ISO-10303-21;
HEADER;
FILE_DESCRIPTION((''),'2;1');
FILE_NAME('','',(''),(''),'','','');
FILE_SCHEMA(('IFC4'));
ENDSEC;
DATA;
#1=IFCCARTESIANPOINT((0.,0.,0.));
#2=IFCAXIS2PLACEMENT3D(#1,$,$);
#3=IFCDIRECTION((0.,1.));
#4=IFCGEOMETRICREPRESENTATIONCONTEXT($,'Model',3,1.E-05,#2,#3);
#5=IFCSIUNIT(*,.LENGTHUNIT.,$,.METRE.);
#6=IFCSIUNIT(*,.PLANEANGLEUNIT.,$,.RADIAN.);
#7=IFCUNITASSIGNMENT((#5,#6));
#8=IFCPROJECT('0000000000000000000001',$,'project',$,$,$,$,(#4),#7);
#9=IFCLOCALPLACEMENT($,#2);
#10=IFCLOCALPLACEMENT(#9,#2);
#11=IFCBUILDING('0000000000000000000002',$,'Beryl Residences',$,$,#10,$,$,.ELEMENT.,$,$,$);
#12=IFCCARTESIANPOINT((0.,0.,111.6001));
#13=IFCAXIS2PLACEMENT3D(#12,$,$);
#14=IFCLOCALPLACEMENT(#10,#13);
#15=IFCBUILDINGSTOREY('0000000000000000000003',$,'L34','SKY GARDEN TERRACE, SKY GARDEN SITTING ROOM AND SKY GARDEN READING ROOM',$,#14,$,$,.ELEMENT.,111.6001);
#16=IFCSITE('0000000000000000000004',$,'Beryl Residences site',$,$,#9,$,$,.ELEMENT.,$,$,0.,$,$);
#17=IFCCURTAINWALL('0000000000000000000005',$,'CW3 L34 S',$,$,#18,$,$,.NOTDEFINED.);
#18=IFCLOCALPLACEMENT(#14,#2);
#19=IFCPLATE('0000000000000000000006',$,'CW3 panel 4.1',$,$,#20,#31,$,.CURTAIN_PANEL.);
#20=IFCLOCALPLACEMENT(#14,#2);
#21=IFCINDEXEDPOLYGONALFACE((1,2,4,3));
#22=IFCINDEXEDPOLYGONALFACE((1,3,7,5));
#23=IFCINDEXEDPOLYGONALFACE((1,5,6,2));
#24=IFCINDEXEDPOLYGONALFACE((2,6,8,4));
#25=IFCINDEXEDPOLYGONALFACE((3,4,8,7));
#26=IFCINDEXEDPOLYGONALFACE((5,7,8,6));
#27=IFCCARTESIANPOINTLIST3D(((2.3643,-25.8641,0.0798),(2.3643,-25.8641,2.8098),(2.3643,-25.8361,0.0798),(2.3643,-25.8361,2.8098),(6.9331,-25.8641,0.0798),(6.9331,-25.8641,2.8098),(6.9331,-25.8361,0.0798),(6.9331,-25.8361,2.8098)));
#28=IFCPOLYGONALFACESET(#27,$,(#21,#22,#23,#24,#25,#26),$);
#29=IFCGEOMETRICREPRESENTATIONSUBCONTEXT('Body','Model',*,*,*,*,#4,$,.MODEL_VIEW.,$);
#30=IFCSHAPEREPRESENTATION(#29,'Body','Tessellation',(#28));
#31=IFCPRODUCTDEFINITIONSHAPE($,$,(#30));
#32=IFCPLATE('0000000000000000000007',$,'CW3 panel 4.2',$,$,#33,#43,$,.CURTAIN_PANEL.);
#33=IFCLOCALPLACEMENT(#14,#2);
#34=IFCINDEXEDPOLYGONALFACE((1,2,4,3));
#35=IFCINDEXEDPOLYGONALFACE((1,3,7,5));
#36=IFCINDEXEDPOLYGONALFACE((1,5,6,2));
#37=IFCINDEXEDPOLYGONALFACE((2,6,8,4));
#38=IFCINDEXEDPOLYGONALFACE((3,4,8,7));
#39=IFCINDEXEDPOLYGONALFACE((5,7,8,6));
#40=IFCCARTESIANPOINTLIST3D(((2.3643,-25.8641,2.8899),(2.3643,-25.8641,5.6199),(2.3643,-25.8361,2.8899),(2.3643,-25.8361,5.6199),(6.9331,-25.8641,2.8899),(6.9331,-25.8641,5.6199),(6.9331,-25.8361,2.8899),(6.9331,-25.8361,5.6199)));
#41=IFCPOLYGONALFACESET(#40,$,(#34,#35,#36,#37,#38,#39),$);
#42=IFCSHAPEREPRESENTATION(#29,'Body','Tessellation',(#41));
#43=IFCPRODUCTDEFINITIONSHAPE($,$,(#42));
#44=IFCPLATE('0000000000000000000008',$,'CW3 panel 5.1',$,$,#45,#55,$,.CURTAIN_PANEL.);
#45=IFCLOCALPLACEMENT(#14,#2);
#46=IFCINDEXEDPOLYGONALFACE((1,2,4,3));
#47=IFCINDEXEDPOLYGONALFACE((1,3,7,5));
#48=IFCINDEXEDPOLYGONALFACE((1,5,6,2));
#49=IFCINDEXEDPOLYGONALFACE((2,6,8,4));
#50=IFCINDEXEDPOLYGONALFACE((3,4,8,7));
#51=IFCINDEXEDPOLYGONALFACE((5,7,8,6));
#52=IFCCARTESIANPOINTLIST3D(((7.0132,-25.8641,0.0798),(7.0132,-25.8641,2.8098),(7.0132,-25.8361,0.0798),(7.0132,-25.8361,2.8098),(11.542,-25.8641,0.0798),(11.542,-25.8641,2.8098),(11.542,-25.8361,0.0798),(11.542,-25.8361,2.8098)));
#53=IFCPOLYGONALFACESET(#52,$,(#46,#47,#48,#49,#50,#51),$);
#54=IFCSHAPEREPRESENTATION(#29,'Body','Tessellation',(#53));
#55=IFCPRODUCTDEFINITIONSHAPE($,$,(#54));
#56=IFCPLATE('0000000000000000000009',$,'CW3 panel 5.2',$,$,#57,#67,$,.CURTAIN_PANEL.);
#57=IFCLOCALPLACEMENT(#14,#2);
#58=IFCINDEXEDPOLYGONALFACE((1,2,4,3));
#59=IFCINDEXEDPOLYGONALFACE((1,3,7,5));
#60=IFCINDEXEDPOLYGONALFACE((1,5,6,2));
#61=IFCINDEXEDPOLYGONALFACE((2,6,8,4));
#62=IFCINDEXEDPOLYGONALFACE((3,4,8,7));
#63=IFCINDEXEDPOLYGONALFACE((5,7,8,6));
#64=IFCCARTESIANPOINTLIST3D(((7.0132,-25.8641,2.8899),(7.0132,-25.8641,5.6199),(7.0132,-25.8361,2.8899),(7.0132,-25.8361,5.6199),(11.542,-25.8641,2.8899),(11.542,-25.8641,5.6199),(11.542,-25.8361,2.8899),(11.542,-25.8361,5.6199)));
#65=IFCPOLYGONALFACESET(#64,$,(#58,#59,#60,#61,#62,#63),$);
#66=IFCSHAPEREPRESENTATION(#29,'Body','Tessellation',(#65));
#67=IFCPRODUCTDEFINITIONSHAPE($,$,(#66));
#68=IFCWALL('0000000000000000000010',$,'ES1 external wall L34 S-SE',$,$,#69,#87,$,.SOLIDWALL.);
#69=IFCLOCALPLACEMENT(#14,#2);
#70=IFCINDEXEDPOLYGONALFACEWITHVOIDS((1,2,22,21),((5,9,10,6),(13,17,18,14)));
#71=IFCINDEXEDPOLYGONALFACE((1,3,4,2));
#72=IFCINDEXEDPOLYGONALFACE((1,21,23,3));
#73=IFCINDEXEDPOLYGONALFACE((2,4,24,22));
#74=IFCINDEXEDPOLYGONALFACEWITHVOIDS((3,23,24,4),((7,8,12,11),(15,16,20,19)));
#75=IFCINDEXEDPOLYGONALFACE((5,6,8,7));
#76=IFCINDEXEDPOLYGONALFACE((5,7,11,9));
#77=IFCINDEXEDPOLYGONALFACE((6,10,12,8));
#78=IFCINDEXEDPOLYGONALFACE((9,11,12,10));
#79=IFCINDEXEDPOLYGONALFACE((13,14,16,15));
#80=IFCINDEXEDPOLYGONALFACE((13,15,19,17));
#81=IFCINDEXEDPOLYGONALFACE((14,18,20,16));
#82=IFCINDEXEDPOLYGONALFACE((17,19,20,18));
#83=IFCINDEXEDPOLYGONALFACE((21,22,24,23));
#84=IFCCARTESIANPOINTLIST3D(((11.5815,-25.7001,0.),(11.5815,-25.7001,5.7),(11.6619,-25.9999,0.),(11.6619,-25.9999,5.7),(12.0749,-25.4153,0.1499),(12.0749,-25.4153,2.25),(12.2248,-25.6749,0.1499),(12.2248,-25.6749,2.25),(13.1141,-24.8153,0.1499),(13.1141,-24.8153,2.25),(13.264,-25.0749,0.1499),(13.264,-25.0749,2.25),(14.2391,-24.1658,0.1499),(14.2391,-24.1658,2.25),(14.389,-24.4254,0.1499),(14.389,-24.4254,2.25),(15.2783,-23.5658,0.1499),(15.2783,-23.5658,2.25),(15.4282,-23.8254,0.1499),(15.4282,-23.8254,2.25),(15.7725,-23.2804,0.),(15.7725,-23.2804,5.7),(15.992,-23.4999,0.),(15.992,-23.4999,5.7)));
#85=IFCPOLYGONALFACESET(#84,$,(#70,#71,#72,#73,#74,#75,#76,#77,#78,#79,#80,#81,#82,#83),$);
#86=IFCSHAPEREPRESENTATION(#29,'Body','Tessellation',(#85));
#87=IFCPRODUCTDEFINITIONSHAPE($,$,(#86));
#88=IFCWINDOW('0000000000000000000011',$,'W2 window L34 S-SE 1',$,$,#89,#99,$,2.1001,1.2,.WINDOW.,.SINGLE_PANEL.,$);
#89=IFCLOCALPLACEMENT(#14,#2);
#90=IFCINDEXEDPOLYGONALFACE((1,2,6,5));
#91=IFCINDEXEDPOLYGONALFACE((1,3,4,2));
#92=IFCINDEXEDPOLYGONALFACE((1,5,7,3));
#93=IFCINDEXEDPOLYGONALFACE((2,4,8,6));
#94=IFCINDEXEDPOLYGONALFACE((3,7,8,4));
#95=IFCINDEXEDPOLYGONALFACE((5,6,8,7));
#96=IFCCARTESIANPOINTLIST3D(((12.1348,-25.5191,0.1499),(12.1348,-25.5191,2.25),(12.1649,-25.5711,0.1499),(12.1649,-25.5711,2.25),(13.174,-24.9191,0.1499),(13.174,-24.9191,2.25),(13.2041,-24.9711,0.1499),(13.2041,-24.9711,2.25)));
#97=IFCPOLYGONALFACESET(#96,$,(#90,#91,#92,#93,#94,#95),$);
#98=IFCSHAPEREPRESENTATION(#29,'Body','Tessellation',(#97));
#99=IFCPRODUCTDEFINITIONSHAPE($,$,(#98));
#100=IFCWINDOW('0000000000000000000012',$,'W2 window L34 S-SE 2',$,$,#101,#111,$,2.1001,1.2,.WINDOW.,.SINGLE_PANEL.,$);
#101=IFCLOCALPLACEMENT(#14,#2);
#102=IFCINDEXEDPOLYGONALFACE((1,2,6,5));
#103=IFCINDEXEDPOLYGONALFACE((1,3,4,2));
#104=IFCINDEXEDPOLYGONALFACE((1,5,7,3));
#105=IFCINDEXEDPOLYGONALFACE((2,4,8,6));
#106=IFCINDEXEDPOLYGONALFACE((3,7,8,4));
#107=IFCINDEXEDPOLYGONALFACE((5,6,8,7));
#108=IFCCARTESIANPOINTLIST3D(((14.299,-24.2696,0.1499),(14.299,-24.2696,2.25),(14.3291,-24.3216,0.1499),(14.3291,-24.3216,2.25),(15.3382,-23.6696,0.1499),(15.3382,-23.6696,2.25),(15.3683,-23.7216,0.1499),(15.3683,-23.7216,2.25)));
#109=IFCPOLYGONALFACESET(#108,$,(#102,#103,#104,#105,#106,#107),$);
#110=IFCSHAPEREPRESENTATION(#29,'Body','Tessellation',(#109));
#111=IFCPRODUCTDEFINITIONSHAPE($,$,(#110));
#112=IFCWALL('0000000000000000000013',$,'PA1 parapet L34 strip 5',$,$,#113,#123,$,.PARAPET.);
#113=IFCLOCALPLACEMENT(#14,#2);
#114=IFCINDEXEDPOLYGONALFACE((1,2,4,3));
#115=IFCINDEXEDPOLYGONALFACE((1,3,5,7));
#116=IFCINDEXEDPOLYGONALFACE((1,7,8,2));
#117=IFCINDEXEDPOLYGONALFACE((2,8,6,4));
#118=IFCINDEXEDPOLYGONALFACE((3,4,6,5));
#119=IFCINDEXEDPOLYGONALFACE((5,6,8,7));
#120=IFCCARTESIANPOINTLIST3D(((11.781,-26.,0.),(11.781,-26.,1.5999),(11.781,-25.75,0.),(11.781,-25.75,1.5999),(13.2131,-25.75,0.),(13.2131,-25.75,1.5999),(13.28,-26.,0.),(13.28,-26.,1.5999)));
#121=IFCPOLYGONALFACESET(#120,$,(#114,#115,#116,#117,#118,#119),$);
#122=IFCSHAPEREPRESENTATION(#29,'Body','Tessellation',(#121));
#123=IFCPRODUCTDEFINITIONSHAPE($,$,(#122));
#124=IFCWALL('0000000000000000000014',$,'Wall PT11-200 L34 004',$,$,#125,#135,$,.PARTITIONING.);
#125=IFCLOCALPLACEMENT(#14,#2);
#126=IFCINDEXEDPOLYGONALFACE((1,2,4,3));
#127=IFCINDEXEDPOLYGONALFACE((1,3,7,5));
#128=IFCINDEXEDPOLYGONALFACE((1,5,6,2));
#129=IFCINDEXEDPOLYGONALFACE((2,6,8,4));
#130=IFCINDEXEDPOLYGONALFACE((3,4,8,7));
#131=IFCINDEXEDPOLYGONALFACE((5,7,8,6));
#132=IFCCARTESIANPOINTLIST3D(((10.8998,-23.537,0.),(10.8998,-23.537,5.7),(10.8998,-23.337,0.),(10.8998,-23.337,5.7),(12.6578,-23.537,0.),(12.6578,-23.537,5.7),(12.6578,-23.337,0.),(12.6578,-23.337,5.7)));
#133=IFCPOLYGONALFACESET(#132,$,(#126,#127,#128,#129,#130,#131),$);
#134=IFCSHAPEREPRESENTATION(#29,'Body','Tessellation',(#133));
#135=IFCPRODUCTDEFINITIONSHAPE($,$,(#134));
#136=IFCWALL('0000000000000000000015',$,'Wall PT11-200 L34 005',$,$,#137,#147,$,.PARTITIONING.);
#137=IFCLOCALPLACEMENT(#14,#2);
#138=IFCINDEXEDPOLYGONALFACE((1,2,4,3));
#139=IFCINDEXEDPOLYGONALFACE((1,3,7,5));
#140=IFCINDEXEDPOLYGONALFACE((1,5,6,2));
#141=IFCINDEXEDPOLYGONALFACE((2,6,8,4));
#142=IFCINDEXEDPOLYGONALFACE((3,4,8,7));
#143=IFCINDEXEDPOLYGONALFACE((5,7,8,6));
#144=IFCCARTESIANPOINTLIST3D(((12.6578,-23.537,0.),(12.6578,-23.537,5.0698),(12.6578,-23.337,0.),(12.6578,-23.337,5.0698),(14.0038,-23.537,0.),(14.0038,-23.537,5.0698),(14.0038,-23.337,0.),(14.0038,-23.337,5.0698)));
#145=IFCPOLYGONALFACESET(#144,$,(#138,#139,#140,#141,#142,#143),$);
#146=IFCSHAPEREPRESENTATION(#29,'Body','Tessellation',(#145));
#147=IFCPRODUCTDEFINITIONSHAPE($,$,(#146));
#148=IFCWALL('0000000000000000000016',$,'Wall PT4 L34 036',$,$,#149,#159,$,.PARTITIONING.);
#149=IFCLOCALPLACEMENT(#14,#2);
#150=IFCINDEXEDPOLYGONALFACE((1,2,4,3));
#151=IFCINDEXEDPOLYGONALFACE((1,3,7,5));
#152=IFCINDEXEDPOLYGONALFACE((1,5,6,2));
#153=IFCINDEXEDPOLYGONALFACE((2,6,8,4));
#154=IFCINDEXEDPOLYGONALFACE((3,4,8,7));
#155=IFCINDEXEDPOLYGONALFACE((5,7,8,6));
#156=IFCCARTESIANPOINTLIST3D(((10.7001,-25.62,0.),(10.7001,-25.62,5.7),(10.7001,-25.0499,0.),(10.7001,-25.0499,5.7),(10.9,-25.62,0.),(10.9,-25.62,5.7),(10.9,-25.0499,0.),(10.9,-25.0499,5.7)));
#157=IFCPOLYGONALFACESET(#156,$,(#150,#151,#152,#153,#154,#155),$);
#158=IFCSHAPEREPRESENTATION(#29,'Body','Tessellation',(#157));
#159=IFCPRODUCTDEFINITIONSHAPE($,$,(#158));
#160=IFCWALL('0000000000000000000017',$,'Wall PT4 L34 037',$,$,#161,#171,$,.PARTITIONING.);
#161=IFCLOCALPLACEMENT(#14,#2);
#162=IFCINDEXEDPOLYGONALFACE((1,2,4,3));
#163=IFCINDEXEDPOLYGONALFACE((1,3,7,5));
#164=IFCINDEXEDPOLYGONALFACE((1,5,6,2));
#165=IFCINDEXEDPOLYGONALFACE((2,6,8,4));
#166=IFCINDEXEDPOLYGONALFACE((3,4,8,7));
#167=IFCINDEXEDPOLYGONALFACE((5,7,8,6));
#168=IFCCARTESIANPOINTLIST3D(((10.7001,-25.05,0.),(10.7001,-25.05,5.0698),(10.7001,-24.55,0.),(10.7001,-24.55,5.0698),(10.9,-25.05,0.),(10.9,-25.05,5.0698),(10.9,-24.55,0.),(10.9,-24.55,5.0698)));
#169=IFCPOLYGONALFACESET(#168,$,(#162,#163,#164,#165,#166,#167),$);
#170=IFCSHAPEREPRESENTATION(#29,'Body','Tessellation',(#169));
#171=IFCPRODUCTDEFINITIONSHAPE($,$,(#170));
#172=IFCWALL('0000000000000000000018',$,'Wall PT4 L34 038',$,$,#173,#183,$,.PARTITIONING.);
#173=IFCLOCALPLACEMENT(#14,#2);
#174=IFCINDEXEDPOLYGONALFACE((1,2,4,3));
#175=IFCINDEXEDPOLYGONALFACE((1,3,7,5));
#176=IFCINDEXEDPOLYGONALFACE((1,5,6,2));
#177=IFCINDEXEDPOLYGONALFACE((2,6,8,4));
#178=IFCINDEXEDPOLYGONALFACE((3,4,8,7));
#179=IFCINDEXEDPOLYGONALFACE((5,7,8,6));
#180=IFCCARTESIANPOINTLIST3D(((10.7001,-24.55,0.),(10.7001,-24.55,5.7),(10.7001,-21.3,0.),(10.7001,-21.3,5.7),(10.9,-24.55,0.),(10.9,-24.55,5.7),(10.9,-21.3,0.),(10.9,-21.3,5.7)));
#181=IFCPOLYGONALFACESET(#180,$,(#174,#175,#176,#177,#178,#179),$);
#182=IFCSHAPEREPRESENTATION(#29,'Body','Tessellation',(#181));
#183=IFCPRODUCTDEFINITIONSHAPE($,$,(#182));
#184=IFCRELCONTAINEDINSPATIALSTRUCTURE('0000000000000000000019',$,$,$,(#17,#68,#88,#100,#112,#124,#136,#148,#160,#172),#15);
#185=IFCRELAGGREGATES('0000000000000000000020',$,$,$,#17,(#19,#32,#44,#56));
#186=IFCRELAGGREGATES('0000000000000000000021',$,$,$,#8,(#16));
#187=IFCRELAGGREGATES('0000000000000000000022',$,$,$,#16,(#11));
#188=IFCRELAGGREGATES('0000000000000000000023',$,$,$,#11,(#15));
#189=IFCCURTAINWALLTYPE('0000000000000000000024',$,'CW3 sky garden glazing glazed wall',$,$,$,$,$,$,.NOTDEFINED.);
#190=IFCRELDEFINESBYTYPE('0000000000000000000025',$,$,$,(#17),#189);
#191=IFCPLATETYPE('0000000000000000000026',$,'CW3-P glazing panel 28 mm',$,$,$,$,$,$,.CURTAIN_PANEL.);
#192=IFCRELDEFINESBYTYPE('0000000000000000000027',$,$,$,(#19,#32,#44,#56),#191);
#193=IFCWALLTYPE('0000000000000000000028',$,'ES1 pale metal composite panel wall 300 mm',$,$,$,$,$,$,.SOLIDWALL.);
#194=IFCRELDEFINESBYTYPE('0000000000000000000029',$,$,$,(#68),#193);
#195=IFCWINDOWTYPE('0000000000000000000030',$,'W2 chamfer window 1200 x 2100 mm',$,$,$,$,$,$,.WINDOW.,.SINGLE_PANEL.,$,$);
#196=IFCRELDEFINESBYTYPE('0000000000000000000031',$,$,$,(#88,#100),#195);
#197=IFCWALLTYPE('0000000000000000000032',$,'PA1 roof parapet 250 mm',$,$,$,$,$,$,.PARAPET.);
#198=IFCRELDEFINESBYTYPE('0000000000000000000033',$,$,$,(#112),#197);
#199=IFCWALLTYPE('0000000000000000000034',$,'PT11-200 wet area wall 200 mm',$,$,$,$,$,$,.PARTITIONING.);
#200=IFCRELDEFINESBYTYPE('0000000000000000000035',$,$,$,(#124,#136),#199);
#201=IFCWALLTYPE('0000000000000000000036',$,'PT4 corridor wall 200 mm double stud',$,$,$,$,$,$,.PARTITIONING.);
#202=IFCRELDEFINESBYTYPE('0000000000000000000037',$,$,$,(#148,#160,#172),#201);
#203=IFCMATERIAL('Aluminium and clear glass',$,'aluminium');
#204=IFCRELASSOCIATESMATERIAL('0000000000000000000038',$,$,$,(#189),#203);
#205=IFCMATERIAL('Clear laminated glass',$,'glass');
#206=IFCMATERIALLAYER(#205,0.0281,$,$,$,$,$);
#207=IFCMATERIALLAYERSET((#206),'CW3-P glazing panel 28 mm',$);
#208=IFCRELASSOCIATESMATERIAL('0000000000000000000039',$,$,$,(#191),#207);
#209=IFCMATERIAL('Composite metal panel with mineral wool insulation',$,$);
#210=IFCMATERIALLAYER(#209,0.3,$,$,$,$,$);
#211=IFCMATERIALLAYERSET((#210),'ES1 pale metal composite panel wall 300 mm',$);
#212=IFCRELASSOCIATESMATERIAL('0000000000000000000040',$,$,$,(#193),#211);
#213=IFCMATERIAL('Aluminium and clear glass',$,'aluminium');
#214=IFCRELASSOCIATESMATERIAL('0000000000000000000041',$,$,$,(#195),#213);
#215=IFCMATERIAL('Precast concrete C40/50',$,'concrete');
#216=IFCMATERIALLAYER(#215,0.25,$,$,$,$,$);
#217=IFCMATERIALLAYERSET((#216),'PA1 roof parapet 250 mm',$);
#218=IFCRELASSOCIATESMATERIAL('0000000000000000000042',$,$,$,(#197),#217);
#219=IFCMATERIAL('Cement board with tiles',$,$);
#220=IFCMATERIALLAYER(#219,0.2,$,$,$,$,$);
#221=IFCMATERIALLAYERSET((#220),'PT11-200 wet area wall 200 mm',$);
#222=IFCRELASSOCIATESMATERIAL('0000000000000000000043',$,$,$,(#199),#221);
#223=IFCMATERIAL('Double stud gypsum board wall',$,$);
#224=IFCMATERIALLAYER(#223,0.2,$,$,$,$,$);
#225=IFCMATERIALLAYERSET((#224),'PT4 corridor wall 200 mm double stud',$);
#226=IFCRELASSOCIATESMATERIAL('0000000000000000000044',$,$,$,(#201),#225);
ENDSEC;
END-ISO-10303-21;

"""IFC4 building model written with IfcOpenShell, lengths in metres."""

from ifc_helpers import new_model, si_unit, direction, frame, frame_2d, origin, origin_2d, place, context, subcontext, project, spatial, polyline, rectangle, outline, extrude, material, layer, layer_set, type_object, element, fill, aggregate, save


model = new_model("IFC4")

# Units and contexts
model_context = context("Model", 3, precision=1e-05, world=origin(), true_north=direction((0.0, 1.0)))
body_context = subcontext(model_context, "Body", "Model", "MODEL_VIEW")
ifc_project = project(units=[si_unit("LENGTHUNIT", "METRE"), si_unit("PLANEANGLEUNIT", "RADIAN")], contexts=[model_context])

# Site, building, storey
site_placement = place(None, origin())
site = spatial("IfcSite", under=ifc_project, at=site_placement, Name="Beryl Residences site", CompositionType="ELEMENT", RefElevation=0.0)
building_placement = place(site_placement, origin())
building = spatial("IfcBuilding", under=site, at=building_placement, Name="Beryl Residences", CompositionType="ELEMENT")
storey_placement = place(building_placement, frame((0.0, 0.0, 111.6001)))
storey = spatial("IfcBuildingStorey", under=building, at=storey_placement, Name="L34", Description="SKY GARDEN TERRACE, SKY GARDEN SITTING ROOM AND SKY GARDEN READING ROOM", CompositionType="ELEMENT", Elevation=111.6001)

# Curtain wall, plates
ifc_material_1 = material(Name="Aluminium and clear glass", Category="aluminium")
curtain_wall_type = type_object("IfcCurtainWallType", Name="CW3 sky garden glazing glazed wall", PredefinedType="NOTDEFINED", material=ifc_material_1)
curtain_wall_placement = place(storey_placement, origin())
curtain_wall = element("IfcCurtainWall", 1, at=curtain_wall_placement, inside=storey, type_object=curtain_wall_type, Name="CW3 L34 S", PredefinedType="NOTDEFINED")
ifc_material_2 = material(Name="Clear laminated glass", Category="glass")
ifc_layer_1 = layer(ifc_material_2, 0.0281)
ifc_layer_set_1 = layer_set([ifc_layer_1], Name="CW3-P glazing panel 28 mm")
plate_type = type_object("IfcPlateType", Name="CW3-P glazing panel 28 mm", PredefinedType="CURTAIN_PANEL", material=ifc_layer_set_1)
plate_1_placement = place(storey_placement, frame((4.6487, -25.8501, 0.0798), z_axis=(0.0, 0.0, 1.0), x_axis=(1.0, 0.0, 0.0)))
plate_1 = element("IfcPlate", 2, at=plate_1_placement, type_object=plate_type, Name="CW3 panel 4.1", PredefinedType="CURTAIN_PANEL", context=body_context, shape_type="SweptSolid", body=[
    extrude(rectangle(XDim=4.5688, YDim=0.0281, at=origin_2d()), origin(), (0.0, 0.0, 1.0), 2.73),
])
plate_2_placement = place(storey_placement, frame((4.6487, -25.8501, 2.8899), z_axis=(0.0, 0.0, 1.0), x_axis=(1.0, 0.0, 0.0)))
plate_2 = element("IfcPlate", 3, at=plate_2_placement, type_object=plate_type, Name="CW3 panel 4.2", PredefinedType="CURTAIN_PANEL", context=body_context, shape_type="SweptSolid", body=[
    extrude(rectangle(XDim=4.5688, YDim=0.0281, at=origin_2d()), origin(), (0.0, 0.0, 1.0), 2.73),
])
plate_3_placement = place(storey_placement, frame((9.2776, -25.8501, 0.0798), z_axis=(0.0, 0.0, 1.0), x_axis=(1.0, 0.0, 0.0)))
plate_3 = element("IfcPlate", 4, at=plate_3_placement, type_object=plate_type, Name="CW3 panel 5.1", PredefinedType="CURTAIN_PANEL", context=body_context, shape_type="SweptSolid", body=[
    extrude(rectangle(XDim=4.5288, YDim=0.0281, at=origin_2d()), origin(), (0.0, 0.0, 1.0), 2.73),
])
plate_4_placement = place(storey_placement, frame((9.2776, -25.8501, 2.8899), z_axis=(0.0, 0.0, 1.0), x_axis=(1.0, 0.0, 0.0)))
plate_4 = element("IfcPlate", 5, at=plate_4_placement, type_object=plate_type, Name="CW3 panel 5.2", PredefinedType="CURTAIN_PANEL", context=body_context, shape_type="SweptSolid", body=[
    extrude(rectangle(XDim=4.5288, YDim=0.0281, at=origin_2d()), origin(), (0.0, 0.0, 1.0), 2.73),
])
aggregate(curtain_wall, [plate_1, plate_2, plate_3, plate_4])

# Wall, openings, windows
ifc_material_3 = material(Name="Composite metal panel with mineral wool insulation")
ifc_layer_2 = layer(ifc_material_3, 0.3)
ifc_layer_set_2 = layer_set([ifc_layer_2], Name="ES1 pale metal composite panel wall 300 mm")
wall_type_1 = type_object("IfcWallType", Name="ES1 pale metal composite panel wall 300 mm", PredefinedType="SOLIDWALL", material=ifc_layer_set_2)
wall_1_placement = place(storey_placement, frame((11.5869, -25.8701, 0.0), z_axis=(0.0, 0.0, 1.0), x_axis=(0.866023, 0.500004, 0.0)))
wall_1 = element("IfcWall", 6, at=wall_1_placement, inside=storey, type_object=wall_type_1, Name="ES1 external wall L34 S-SE", PredefinedType="SOLIDWALL", context=body_context, shape_type="SweptSolid", body=[
    extrude(outline(polyline([(0.0, -0.1499), (5.0, -0.1499), (4.9197, 0.1499), (0.0803, 0.1499), (0.0, -0.1499)])), origin(), (0.0, 0.0, 1.0), 5.7),
])
opening_1_placement = place(wall_1_placement, frame((0.6499, 0.0, 0.1499)))
opening_1 = element("IfcOpeningElement", 7, at=opening_1_placement, cuts=wall_1, PredefinedType="OPENING", context=body_context, shape_type="SweptSolid", body=[
    extrude(rectangle(XDim=1.2, YDim=2.1001, at=frame_2d((0.6001, 1.05))), frame((0.0, 0.1599, 0.0), z_axis=(0.0, -1.0, 0.0), x_axis=(1.0, 0.0, 0.0)), (0.0, 0.0, 1.0), 0.3201),
])
opening_2_placement = place(wall_1_placement, frame((3.1489, 0.0, 0.1499)))
opening_2 = element("IfcOpeningElement", 8, at=opening_2_placement, cuts=wall_1, PredefinedType="OPENING", context=body_context, shape_type="SweptSolid", body=[
    extrude(rectangle(XDim=1.2, YDim=2.1001, at=frame_2d((0.6001, 1.05))), frame((0.0, 0.1599, 0.0), z_axis=(0.0, -1.0, 0.0), x_axis=(1.0, 0.0, 0.0)), (0.0, 0.0, 1.0), 0.3201),
])
ifc_material_4 = material(Name="Aluminium and clear glass", Category="aluminium")
window_type = type_object("IfcWindowType", Name="W2 chamfer window 1200 x 2100 mm", PartitioningType="SINGLE_PANEL", PredefinedType="WINDOW", material=ifc_material_4)
window_1_placement = place(opening_1_placement, origin())
window_1 = element("IfcWindow", 9, at=window_1_placement, inside=storey, type_object=window_type, Name="W2 window L34 S-SE 1", OverallHeight=2.1001, OverallWidth=1.2, PartitioningType="SINGLE_PANEL", PredefinedType="WINDOW", context=body_context, shape_type="SweptSolid", body=[
    extrude(rectangle(XDim=1.2, YDim=2.1001, at=frame_2d((0.6001, 1.05))), frame((0.0, 0.03, 0.0), z_axis=(0.0, -1.0, 0.0), x_axis=(1.0, 0.0, 0.0)), (0.0, 0.0, 1.0), 0.0601),
])
fill(opening_1, window_1)
window_2_placement = place(opening_2_placement, origin())
window_2 = element("IfcWindow", 10, at=window_2_placement, inside=storey, type_object=window_type, Name="W2 window L34 S-SE 2", OverallHeight=2.1001, OverallWidth=1.2, PartitioningType="SINGLE_PANEL", PredefinedType="WINDOW", context=body_context, shape_type="SweptSolid", body=[
    extrude(rectangle(XDim=1.2, YDim=2.1001, at=frame_2d((0.6001, 1.05))), frame((0.0, 0.03, 0.0), z_axis=(0.0, -1.0, 0.0), x_axis=(1.0, 0.0, 0.0)), (0.0, 0.0, 1.0), 0.0601),
])
fill(opening_2, window_2)

# Walls
ifc_material_5 = material(Name="Precast concrete C40/50", Category="concrete")
ifc_layer_3 = layer(ifc_material_5, 0.25)
ifc_layer_set_3 = layer_set([ifc_layer_3], Name="PA1 roof parapet 250 mm")
wall_type_2 = type_object("IfcWallType", Name="PA1 roof parapet 250 mm", PredefinedType="PARAPET", material=ifc_layer_set_3)
wall_2_placement = place(storey_placement, frame((13.28, -25.875, 0.0), z_axis=(0.0, 0.0, 1.0), x_axis=(-1.0, 0.0, 0.0)))
element("IfcWall", 11, at=wall_2_placement, inside=storey, type_object=wall_type_2, Name="PA1 parapet L34 strip 5", PredefinedType="PARAPET", context=body_context, shape_type="SweptSolid", body=[
    extrude(outline(polyline([(0.0669, -0.125), (1.499, -0.125), (1.499, 0.125), (0.0, 0.125), (0.0669, -0.125)])), origin(), (0.0, 0.0, 1.0), 1.5999),
])
ifc_material_6 = material(Name="Cement board with tiles")
ifc_layer_4 = layer(ifc_material_6, 0.2)
ifc_layer_set_4 = layer_set([ifc_layer_4], Name="PT11-200 wet area wall 200 mm")
wall_type_3 = type_object("IfcWallType", Name="PT11-200 wet area wall 200 mm", PredefinedType="PARTITIONING", material=ifc_layer_set_4)
wall_3_placement = place(storey_placement, frame((10.8999, -23.437, 0.0), z_axis=(0.0, 0.0, 1.0), x_axis=(1.0, 0.0, 0.0)))
element("IfcWall", 12, at=wall_3_placement, inside=storey, type_object=wall_type_3, Name="Wall PT11-200 L34 004", PredefinedType="PARTITIONING", context=body_context, shape_type="SweptSolid", body=[
    extrude(rectangle(XDim=1.7581, YDim=0.2, at=frame_2d((0.8789, 0.0))), origin(), (0.0, 0.0, 1.0), 5.7),
])
wall_4_placement = place(storey_placement, frame((12.658, -23.437, 0.0), z_axis=(0.0, 0.0, 1.0), x_axis=(1.0, 0.0, 0.0)))
element("IfcWall", 13, at=wall_4_placement, inside=storey, type_object=wall_type_3, Name="Wall PT11-200 L34 005", PredefinedType="PARTITIONING", context=body_context, shape_type="SweptSolid", body=[
    extrude(rectangle(XDim=1.3459, YDim=0.2, at=frame_2d((0.6729, 0.0))), origin(), (0.0, 0.0, 1.0), 5.0698),
])
ifc_material_7 = material(Name="Double stud gypsum board wall")
ifc_layer_5 = layer(ifc_material_7, 0.2)
ifc_layer_set_5 = layer_set([ifc_layer_5], Name="PT4 corridor wall 200 mm double stud")
wall_type_4 = type_object("IfcWallType", Name="PT4 corridor wall 200 mm double stud", PredefinedType="PARTITIONING", material=ifc_layer_set_5)
wall_5_placement = place(storey_placement, frame((10.8, -25.6201, 0.0), z_axis=(0.0, 0.0, 1.0), x_axis=(0.0, 1.0, 0.0)))
element("IfcWall", 14, at=wall_5_placement, inside=storey, type_object=wall_type_4, Name="Wall PT4 L34 036", PredefinedType="PARTITIONING", context=body_context, shape_type="SweptSolid", body=[
    extrude(rectangle(XDim=0.5701, YDim=0.2, at=frame_2d((0.2852, 0.0))), origin(), (0.0, 0.0, 1.0), 5.7),
])
wall_6_placement = place(storey_placement, frame((10.8, -25.05, 0.0), z_axis=(0.0, 0.0, 1.0), x_axis=(0.0, 1.0, 0.0)))
element("IfcWall", 15, at=wall_6_placement, inside=storey, type_object=wall_type_4, Name="Wall PT4 L34 037", PredefinedType="PARTITIONING", context=body_context, shape_type="SweptSolid", body=[
    extrude(rectangle(XDim=0.5, YDim=0.2, at=frame_2d((0.25, 0.0))), origin(), (0.0, 0.0, 1.0), 5.0698),
])
wall_7_placement = place(storey_placement, frame((10.8, -24.55, 0.0), z_axis=(0.0, 0.0, 1.0), x_axis=(0.0, 1.0, 0.0)))
element("IfcWall", 16, at=wall_7_placement, inside=storey, type_object=wall_type_4, Name="Wall PT4 L34 038", PredefinedType="PARTITIONING", context=body_context, shape_type="SweptSolid", body=[
    extrude(rectangle(XDim=3.25, YDim=0.2, at=frame_2d((1.625, 0.0))), origin(), (0.0, 0.0, 1.0), 5.7),
])

save(model, "model.ifc")
